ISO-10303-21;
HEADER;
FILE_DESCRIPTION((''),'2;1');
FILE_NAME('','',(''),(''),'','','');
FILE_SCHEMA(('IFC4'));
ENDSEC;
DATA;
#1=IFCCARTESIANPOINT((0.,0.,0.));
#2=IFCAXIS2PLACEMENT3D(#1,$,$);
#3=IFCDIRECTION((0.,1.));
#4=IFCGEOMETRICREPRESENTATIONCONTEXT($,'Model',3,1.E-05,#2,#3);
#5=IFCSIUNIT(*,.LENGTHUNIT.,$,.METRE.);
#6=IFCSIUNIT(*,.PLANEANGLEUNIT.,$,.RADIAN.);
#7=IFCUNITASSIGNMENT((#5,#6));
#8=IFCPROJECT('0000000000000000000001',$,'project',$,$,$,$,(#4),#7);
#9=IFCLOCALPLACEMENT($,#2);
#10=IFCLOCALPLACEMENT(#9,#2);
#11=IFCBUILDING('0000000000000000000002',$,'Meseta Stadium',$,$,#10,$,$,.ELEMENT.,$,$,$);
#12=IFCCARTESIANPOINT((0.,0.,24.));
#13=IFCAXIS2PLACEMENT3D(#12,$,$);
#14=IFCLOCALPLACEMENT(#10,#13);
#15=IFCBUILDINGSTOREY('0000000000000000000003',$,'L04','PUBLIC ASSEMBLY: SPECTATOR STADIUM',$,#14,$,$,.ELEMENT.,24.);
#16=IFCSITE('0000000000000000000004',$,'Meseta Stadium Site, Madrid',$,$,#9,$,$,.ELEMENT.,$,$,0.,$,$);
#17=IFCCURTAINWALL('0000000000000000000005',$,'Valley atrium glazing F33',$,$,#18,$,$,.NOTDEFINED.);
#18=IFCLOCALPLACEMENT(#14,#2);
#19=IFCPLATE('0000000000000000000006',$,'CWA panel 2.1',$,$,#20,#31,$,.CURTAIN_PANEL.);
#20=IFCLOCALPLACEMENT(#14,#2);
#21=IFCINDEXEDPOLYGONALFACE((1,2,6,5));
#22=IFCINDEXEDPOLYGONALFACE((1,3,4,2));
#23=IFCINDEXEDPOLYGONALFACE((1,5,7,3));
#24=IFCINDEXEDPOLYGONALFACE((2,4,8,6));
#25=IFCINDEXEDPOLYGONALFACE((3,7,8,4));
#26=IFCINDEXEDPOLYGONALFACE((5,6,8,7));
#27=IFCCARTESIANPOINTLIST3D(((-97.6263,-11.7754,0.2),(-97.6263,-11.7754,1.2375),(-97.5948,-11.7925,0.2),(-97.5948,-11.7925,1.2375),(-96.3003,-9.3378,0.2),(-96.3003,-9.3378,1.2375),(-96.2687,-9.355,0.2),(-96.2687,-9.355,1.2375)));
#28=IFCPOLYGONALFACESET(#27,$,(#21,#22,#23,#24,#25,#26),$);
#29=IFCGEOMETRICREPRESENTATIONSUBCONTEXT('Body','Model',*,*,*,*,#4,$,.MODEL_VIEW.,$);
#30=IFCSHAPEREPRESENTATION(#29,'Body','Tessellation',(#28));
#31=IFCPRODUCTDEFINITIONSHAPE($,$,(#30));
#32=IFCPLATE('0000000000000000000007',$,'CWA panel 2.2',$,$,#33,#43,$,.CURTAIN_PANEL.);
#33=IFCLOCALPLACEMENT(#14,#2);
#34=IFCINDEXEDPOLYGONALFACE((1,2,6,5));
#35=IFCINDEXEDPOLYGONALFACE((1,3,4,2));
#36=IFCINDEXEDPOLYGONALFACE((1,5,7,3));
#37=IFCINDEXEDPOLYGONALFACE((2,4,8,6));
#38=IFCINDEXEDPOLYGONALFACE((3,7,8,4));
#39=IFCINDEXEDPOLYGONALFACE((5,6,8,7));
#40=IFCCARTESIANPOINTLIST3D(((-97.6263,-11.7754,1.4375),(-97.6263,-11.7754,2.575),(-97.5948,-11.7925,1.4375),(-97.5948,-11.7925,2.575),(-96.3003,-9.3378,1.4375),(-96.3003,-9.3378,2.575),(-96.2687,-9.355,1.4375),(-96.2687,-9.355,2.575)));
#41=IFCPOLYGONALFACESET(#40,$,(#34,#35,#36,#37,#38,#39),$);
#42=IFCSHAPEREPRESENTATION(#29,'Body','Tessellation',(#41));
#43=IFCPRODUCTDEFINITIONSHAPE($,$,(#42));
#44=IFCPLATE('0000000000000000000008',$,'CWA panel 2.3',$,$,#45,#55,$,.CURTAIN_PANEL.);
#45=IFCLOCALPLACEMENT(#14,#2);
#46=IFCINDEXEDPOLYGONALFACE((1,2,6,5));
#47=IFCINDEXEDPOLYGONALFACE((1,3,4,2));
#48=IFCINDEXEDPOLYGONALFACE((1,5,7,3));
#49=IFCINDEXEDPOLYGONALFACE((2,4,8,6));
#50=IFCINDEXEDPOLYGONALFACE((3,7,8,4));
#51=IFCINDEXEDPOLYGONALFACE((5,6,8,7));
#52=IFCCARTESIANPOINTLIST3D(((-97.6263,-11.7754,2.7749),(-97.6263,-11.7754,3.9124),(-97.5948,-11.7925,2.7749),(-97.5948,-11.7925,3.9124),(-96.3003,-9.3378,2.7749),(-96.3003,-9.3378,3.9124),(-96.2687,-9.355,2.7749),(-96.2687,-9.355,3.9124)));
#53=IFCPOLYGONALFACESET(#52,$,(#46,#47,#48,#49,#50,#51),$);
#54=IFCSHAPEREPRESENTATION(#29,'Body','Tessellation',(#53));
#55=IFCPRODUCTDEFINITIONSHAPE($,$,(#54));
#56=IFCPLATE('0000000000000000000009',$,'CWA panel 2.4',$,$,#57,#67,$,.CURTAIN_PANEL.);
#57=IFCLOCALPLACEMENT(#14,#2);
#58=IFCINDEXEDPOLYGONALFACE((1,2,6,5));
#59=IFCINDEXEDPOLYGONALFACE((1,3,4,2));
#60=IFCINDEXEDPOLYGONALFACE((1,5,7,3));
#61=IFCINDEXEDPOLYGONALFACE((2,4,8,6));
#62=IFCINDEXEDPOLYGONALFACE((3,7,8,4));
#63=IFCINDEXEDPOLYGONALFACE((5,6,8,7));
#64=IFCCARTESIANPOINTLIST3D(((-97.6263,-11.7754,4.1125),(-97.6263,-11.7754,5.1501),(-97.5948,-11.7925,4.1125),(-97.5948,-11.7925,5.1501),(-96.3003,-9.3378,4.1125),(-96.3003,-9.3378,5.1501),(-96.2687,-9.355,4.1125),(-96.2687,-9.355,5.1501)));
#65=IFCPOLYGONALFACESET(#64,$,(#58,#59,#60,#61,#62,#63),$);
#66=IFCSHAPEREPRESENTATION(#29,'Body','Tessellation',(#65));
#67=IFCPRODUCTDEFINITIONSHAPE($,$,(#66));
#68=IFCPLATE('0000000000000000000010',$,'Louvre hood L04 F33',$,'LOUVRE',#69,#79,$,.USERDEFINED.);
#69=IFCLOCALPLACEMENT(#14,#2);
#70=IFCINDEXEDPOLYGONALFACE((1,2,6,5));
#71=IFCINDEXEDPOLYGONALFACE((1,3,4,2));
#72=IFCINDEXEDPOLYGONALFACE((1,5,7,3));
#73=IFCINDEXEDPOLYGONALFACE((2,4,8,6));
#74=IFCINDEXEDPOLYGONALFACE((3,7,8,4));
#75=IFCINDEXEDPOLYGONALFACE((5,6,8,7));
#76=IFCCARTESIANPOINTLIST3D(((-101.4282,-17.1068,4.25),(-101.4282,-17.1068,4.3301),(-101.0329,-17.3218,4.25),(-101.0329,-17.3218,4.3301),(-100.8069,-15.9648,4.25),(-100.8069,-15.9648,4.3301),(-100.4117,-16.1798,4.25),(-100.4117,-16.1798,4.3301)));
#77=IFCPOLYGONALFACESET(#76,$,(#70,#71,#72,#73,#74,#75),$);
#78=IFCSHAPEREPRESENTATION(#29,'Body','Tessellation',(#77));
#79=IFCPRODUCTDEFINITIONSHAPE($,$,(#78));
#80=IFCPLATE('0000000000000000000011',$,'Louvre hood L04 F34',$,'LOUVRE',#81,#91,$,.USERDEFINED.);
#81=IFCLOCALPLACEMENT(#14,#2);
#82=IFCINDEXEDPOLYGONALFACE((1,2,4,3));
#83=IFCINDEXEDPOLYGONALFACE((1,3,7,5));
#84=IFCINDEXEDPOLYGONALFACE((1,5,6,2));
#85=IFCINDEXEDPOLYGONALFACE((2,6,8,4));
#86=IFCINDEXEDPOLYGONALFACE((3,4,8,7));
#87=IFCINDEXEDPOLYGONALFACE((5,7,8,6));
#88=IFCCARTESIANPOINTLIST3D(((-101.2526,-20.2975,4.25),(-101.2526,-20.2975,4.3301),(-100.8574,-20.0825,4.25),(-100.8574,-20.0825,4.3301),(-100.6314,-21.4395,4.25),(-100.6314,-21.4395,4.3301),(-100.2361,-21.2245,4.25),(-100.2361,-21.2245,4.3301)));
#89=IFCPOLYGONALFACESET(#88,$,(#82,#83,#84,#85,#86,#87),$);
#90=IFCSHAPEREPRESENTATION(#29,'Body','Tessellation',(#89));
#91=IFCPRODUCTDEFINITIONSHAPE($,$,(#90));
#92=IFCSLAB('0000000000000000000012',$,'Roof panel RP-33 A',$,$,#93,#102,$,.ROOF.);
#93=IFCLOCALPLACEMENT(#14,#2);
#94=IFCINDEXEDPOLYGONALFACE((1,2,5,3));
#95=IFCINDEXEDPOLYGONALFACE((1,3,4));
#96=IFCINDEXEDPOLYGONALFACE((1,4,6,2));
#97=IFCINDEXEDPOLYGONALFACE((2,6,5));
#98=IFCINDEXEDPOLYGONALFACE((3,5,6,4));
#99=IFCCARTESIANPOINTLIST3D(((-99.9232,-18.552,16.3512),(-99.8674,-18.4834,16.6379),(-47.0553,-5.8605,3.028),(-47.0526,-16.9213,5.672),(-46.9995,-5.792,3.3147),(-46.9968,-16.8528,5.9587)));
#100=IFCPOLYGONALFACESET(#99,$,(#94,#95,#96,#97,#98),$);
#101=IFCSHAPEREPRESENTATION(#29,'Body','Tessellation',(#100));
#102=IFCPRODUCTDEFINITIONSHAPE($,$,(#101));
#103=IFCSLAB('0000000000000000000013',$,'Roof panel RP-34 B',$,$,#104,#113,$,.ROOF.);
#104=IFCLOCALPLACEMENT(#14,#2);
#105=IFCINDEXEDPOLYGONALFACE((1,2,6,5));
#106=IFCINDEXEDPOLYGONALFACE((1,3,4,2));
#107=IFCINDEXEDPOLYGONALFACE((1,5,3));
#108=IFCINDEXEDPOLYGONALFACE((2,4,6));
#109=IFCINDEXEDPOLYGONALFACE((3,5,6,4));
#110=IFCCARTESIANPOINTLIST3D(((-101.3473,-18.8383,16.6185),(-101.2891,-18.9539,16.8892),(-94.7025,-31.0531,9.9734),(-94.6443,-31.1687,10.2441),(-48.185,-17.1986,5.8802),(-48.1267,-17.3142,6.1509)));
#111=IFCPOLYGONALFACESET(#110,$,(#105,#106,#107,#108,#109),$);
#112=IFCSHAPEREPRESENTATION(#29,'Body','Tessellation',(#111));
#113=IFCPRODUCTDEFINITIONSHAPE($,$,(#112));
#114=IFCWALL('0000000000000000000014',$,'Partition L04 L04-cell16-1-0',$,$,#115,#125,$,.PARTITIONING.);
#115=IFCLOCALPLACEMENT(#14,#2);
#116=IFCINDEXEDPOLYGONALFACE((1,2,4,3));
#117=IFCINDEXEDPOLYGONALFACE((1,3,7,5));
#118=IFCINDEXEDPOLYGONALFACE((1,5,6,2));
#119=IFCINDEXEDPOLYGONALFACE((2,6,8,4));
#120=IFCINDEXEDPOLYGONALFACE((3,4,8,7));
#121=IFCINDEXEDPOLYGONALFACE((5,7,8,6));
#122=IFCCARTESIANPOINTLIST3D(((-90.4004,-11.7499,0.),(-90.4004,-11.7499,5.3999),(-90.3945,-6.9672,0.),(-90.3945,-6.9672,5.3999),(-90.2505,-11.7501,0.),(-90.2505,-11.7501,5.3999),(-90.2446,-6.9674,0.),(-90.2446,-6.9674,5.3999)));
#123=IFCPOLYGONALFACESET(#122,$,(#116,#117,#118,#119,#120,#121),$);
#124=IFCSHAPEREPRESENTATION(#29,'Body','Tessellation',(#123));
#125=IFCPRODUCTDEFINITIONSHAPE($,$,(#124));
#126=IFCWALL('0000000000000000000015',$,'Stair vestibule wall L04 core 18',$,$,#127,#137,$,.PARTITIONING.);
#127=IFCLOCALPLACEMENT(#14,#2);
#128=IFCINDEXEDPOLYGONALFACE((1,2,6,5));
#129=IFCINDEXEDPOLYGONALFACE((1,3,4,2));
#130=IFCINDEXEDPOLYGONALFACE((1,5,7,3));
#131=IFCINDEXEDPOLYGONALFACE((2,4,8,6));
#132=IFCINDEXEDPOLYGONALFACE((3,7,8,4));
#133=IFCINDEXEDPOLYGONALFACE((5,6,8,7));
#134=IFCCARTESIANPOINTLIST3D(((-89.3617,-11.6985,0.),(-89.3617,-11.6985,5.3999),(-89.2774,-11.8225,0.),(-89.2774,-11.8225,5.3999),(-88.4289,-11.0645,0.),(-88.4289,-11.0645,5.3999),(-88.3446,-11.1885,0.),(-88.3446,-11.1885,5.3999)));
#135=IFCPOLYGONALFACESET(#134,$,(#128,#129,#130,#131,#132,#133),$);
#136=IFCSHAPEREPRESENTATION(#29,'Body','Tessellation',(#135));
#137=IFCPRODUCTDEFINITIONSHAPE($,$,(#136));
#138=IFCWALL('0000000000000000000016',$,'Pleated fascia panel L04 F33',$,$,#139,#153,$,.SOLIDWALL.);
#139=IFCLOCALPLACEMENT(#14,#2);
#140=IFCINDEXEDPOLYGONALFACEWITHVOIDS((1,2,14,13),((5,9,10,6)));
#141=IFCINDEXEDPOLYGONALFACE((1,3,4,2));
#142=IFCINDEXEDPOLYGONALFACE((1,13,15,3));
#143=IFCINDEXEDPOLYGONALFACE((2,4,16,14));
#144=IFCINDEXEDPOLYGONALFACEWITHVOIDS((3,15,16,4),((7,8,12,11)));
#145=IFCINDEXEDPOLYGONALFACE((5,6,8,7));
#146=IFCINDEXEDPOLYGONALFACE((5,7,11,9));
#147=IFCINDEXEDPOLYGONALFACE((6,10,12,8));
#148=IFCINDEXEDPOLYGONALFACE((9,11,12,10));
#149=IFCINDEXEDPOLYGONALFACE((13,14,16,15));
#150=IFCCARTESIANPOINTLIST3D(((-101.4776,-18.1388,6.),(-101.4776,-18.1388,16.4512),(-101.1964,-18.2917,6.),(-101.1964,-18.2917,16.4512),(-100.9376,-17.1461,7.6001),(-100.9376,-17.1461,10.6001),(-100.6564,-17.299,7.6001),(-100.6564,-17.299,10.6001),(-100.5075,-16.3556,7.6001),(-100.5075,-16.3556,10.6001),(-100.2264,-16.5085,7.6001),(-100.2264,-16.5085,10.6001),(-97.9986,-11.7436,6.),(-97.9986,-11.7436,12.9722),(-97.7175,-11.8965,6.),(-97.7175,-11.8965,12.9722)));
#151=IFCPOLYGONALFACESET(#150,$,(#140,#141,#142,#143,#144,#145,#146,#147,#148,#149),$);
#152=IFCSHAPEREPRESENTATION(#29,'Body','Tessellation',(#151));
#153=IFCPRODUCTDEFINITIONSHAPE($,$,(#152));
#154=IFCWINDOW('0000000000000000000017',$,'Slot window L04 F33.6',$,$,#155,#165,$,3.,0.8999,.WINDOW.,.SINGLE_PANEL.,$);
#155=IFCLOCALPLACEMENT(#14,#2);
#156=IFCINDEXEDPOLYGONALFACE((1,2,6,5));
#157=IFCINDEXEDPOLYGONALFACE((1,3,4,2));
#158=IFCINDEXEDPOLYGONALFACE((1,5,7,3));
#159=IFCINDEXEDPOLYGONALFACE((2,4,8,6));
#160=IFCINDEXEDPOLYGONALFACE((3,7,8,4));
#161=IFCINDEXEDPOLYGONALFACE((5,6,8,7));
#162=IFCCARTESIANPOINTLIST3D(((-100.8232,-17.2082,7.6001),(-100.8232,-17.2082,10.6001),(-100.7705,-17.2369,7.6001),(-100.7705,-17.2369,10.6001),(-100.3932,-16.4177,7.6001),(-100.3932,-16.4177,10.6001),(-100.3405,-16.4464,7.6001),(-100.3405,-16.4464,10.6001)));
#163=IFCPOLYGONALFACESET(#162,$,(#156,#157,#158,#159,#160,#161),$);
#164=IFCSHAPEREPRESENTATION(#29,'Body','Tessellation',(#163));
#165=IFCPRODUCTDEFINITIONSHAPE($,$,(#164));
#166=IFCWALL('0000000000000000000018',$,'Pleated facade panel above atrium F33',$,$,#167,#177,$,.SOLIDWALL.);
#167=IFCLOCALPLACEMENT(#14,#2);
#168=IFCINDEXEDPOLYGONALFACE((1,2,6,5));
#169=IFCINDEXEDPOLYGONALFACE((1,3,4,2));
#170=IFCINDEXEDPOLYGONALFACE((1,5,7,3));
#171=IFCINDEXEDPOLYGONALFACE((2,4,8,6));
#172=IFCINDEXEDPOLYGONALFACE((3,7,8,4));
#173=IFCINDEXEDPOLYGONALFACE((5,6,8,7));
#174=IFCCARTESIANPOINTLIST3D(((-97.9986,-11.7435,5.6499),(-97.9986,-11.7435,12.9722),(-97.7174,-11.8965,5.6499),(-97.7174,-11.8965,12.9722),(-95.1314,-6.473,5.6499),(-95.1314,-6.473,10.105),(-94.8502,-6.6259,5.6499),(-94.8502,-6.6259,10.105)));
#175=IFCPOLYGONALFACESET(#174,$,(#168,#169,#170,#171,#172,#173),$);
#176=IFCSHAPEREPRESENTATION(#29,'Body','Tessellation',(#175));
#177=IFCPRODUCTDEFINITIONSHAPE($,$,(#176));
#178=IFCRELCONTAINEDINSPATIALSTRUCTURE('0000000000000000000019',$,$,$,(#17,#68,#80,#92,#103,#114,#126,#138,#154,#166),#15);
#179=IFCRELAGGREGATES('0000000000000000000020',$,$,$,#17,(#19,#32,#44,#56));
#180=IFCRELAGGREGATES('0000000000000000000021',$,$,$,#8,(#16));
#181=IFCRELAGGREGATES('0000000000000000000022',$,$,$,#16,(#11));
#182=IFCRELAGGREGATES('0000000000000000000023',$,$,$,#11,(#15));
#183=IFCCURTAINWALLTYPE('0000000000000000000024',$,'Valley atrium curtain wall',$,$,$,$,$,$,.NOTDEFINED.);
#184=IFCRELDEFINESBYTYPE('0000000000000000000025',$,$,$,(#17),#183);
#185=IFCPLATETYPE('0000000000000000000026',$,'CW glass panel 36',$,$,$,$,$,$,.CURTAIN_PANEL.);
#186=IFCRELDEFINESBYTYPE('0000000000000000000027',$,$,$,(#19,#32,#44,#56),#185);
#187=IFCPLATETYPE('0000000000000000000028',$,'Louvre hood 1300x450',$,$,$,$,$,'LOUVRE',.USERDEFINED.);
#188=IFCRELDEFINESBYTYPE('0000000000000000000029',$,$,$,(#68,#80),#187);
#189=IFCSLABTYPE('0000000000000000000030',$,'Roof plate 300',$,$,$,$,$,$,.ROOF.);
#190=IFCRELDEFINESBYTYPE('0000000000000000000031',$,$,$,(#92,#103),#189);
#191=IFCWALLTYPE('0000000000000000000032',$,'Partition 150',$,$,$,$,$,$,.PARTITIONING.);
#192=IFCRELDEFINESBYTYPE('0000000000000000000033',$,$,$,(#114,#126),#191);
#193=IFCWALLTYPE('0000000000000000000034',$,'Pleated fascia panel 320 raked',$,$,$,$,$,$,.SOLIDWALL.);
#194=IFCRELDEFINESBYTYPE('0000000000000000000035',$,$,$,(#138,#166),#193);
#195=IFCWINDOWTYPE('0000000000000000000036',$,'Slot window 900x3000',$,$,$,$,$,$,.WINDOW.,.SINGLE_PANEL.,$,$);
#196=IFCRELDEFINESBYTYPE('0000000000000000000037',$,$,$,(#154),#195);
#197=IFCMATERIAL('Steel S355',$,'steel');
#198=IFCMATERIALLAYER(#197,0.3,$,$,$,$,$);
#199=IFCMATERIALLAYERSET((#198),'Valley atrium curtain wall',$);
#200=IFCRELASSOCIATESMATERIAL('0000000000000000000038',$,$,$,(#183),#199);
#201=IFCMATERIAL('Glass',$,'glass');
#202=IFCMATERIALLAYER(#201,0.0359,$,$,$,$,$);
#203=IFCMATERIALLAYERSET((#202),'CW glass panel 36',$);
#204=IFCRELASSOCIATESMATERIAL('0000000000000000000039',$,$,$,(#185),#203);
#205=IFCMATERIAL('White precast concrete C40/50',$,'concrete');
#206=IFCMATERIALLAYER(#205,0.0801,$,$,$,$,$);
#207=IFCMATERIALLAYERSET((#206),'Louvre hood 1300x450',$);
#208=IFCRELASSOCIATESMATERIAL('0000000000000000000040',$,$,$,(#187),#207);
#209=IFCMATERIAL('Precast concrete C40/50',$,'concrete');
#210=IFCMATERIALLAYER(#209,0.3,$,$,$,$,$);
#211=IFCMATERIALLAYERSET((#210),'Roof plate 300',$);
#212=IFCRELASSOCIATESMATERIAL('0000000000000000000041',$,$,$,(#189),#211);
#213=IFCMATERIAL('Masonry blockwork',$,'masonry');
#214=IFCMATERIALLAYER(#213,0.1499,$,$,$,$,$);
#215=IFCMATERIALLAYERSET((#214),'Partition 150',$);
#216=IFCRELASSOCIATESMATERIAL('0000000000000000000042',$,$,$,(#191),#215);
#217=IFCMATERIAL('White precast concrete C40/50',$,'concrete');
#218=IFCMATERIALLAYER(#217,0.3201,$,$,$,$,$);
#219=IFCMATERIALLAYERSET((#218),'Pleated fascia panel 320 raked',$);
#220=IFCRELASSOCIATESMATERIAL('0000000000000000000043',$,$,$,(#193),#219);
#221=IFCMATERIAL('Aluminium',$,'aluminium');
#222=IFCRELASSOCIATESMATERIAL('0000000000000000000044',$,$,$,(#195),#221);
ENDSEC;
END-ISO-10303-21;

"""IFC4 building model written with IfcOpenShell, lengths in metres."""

from ifc_helpers import new_model, si_unit, direction, frame, frame_2d, origin, origin_2d, place, context, subcontext, project, spatial, polyline, rectangle, outline, extrude, material, layer, layer_set, type_object, element, fill, aggregate, save


model = new_model("IFC4")

# Units and contexts
model_context = context("Model", 3, precision=1e-05, world=origin(), true_north=direction((0.0, 1.0)))
body_context = subcontext(model_context, "Body", "Model", "MODEL_VIEW")
ifc_project = project(units=[si_unit("LENGTHUNIT", "METRE"), si_unit("PLANEANGLEUNIT", "RADIAN")], contexts=[model_context])

# Site, building, storey
site_placement = place(None, origin())
site = spatial("IfcSite", under=ifc_project, at=site_placement, Name="Meseta Stadium Site, Madrid", CompositionType="ELEMENT", RefElevation=0.0)
building_placement = place(site_placement, origin())
building = spatial("IfcBuilding", under=site, at=building_placement, Name="Meseta Stadium", CompositionType="ELEMENT")
storey_placement = place(building_placement, frame((0.0, 0.0, 24.0)))
storey = spatial("IfcBuildingStorey", under=building, at=storey_placement, Name="L04", Description="PUBLIC ASSEMBLY: SPECTATOR STADIUM", CompositionType="ELEMENT", Elevation=24.0)

# Curtain wall
ifc_material_1 = material(Name="Steel S355", Category="steel")
ifc_layer_1 = layer(ifc_material_1, 0.3)
ifc_layer_set_1 = layer_set([ifc_layer_1], Name="Valley atrium curtain wall")
curtain_wall_type = type_object("IfcCurtainWallType", Name="Valley atrium curtain wall", PredefinedType="NOTDEFINED", material=ifc_layer_set_1)
curtain_wall_placement = place(storey_placement, origin())
curtain_wall = element("IfcCurtainWall", 1, at=curtain_wall_placement, inside=storey, type_object=curtain_wall_type, Name="Valley atrium glazing F33", PredefinedType="NOTDEFINED")

# Plates
ifc_material_2 = material(Name="Glass", Category="glass")
ifc_layer_2 = layer(ifc_material_2, 0.0359)
ifc_layer_set_2 = layer_set([ifc_layer_2], Name="CW glass panel 36")
plate_type_1 = type_object("IfcPlateType", Name="CW glass panel 36", PredefinedType="CURTAIN_PANEL", material=ifc_layer_set_2)
plate_1_placement = place(storey_placement, frame((-96.9475, -10.5652, 0.2), z_axis=(0.0, 0.0, 1.0), x_axis=(-0.477867, -0.878432, 0.0)))
plate_1 = element("IfcPlate", 2, at=plate_1_placement, type_object=plate_type_1, Name="CWA panel 2.1", PredefinedType="CURTAIN_PANEL", context=body_context, shape_type="SweptSolid", body=[
    extrude(rectangle(XDim=2.7749, YDim=0.0359, at=origin_2d()), origin(), (0.0, 0.0, 1.0), 1.0376),
])
plate_2_placement = place(storey_placement, frame((-96.9475, -10.5652, 1.4375), z_axis=(0.0, 0.0, 1.0), x_axis=(-0.477867, -0.878432, 0.0)))
plate_2 = element("IfcPlate", 3, at=plate_2_placement, type_object=plate_type_1, Name="CWA panel 2.2", PredefinedType="CURTAIN_PANEL", context=body_context, shape_type="SweptSolid", body=[
    extrude(rectangle(XDim=2.7749, YDim=0.0359, at=origin_2d()), origin(), (0.0, 0.0, 1.0), 1.1375),
])
plate_3_placement = place(storey_placement, frame((-96.9475, -10.5652, 2.7749), z_axis=(0.0, 0.0, 1.0), x_axis=(-0.477867, -0.878432, 0.0)))
plate_3 = element("IfcPlate", 4, at=plate_3_placement, type_object=plate_type_1, Name="CWA panel 2.3", PredefinedType="CURTAIN_PANEL", context=body_context, shape_type="SweptSolid", body=[
    extrude(rectangle(XDim=2.7749, YDim=0.0359, at=origin_2d()), origin(), (0.0, 0.0, 1.0), 1.1375),
])
plate_4_placement = place(storey_placement, frame((-96.9475, -10.5652, 4.1125), z_axis=(0.0, 0.0, 1.0), x_axis=(-0.477867, -0.878432, 0.0)))
plate_4 = element("IfcPlate", 5, at=plate_4_placement, type_object=plate_type_1, Name="CWA panel 2.4", PredefinedType="CURTAIN_PANEL", context=body_context, shape_type="SweptSolid", body=[
    extrude(rectangle(XDim=2.7749, YDim=0.0359, at=origin_2d()), origin(), (0.0, 0.0, 1.0), 1.0376),
])
aggregate(curtain_wall, [plate_1, plate_2, plate_3, plate_4])

# Plates
ifc_material_3 = material(Name="White precast concrete C40/50", Category="concrete")
ifc_layer_3 = layer(ifc_material_3, 0.0801)
ifc_layer_set_3 = layer_set([ifc_layer_3], Name="Louvre hood 1300x450")
plate_type_2 = type_object("IfcPlateType", Name="Louvre hood 1300x450", ElementType="LOUVRE", PredefinedType="USERDEFINED", material=ifc_layer_set_3)
for number, where, z_axis, x_axis, name in (
    (6, (-100.9199, -16.6433, 4.25), (0.0, 0.0, 1.0), (-0.477867, -0.878432, 0.0), "Louvre hood L04 F33"),
    (7, (-100.7444, -20.761, 4.25), (0.0, 0.0, 1.0), (0.477867, -0.878432, 0.0), "Louvre hood L04 F34"),
):
    element("IfcPlate", number, at=place(storey_placement, frame(where, z_axis=z_axis, x_axis=x_axis)), inside=storey, type_object=plate_type_2, Name=name, ObjectType="LOUVRE", PredefinedType="USERDEFINED", context=body_context, shape_type="SweptSolid", body=[
        extrude(rectangle(XDim=1.3, YDim=0.45, at=origin_2d()), origin(), (0.0, 0.0, 1.0), 0.0801),
    ])

# Slabs
ifc_material_4 = material(Name="Precast concrete C40/50", Category="concrete")
ifc_layer_4 = layer(ifc_material_4, 0.3)
ifc_layer_set_4 = layer_set([ifc_layer_4], Name="Roof plate 300")
slab_type = type_object("IfcSlabType", Name="Roof plate 300", PredefinedType="ROOF", material=ifc_layer_set_4)
slab_1_placement = place(storey_placement, frame((-99.8674, -18.4834, 16.6379), z_axis=(0.185976, 0.228483, 0.955619), x_axis=(0.944432, 0.226719, -0.238006)))
element("IfcSlab", 8, at=slab_1_placement, inside=storey, type_object=slab_type, Name="Roof panel RP-33 A", PredefinedType="ROOF", context=body_context, shape_type="SweptSolid", body=[
    extrude(outline(polyline([(0.0, 0.0), (55.9785, 0.0), (52.8441, -10.9319), (0.0, 0.0)])), origin(), (0.0, 0.0, -1.0), 0.3),
])
slab_2_placement = place(storey_placement, frame((-101.2891, -18.9539, 16.8892), z_axis=(0.194113, -0.385203, 0.902185), x_axis=(0.979756, 0.030218, -0.197901)))
element("IfcSlab", 9, at=slab_2_placement, inside=storey, type_object=slab_type, Name="Roof panel RP-34 B", PredefinedType="ROOF", context=body_context, shape_type="SweptSolid", body=[
    extrude(outline(polyline([(0.0, 0.0), (54.2608, 0.0), (7.4562, -13.4876), (0.0, 0.0)])), origin(), (0.0, 0.0, -1.0), 0.3),
])

# Walls
ifc_material_5 = material(Name="Masonry blockwork", Category="masonry")
ifc_layer_5 = layer(ifc_material_5, 0.1499)
ifc_layer_set_5 = layer_set([ifc_layer_5], Name="Partition 150")
wall_type_1 = type_object("IfcWallType", Name="Partition 150", PredefinedType="PARTITIONING", material=ifc_layer_set_5)
wall_1_placement = place(storey_placement, frame((-90.3196, -6.9673, 0.0), z_axis=(0.0, 0.0, 1.0), x_axis=(-0.001225, -0.999999, 0.0)))
element("IfcWall", 10, at=wall_1_placement, inside=storey, type_object=wall_type_1, Name="Partition L04 L04-cell16-1-0", PredefinedType="PARTITIONING", context=body_context, shape_type="SweptSolid", body=[
    extrude(rectangle(XDim=4.7827, YDim=0.1499, at=frame_2d((2.3914, 0.0))), origin(), (0.0, 0.0, 1.0), 5.3999),
])
wall_2_placement = place(storey_placement, frame((-88.3867, -11.1265, 0.0), z_axis=(0.0, 0.0, 1.0), x_axis=(-0.827055, -0.562121, 0.0)))
element("IfcWall", 11, at=wall_2_placement, inside=storey, type_object=wall_type_1, Name="Stair vestibule wall L04 core 18", PredefinedType="PARTITIONING", context=body_context, shape_type="SweptSolid", body=[
    extrude(rectangle(XDim=1.1279, YDim=0.1499, at=frame_2d((0.564, 0.0))), origin(), (0.0, 0.0, 1.0), 5.3999),
])

# Wall, opening, window
ifc_material_6 = material(Name="White precast concrete C40/50", Category="concrete")
ifc_layer_6 = layer(ifc_material_6, 0.3201)
ifc_layer_set_6 = layer_set([ifc_layer_6], Name="Pleated fascia panel 320 raked")
wall_type_2 = type_object("IfcWallType", Name="Pleated fascia panel 320 raked", PredefinedType="SOLIDWALL", material=ifc_layer_set_6)
wall_3_placement = place(storey_placement, frame((-101.3369, -18.2153, 6.0), z_axis=(0.0, 0.0, 1.0), x_axis=(0.477865, 0.878433, 0.0)))
wall_3 = element("IfcWall", 12, at=wall_3_placement, inside=storey, type_object=wall_type_2, Name="Pleated fascia panel L04 F33", PredefinedType="SOLIDWALL", context=body_context, shape_type="SweptSolid", body=[
    extrude(outline(polyline([(0.0, 0.0), (7.2803, 0.0), (7.2803, 6.9722), (0.0, 10.4512), (0.0, 0.0)])), frame((0.0, 0.1602, 0.0), z_axis=(0.0, -1.0, 0.0), x_axis=(1.0, 0.0, 0.0)), (0.0, 0.0, 1.0), 0.3201),
])
opening_placement = place(wall_3_placement, frame((1.1301, 0.0, 1.6001)))
opening = element("IfcOpeningElement", 13, at=opening_placement, cuts=wall_3, PredefinedType="OPENING", context=body_context, shape_type="SweptSolid", body=[
    extrude(rectangle(XDim=0.8999, YDim=3.0, at=frame_2d((0.45, 1.5))), frame((0.0, 0.1699, 0.0), z_axis=(0.0, -1.0, 0.0), x_axis=(1.0, 0.0, 0.0)), (0.0, 0.0, 1.0), 0.3401),
])
ifc_material_7 = material(Name="Aluminium", Category="aluminium")
window_type = type_object("IfcWindowType", Name="Slot window 900x3000", PartitioningType="SINGLE_PANEL", PredefinedType="WINDOW", material=ifc_material_7)
window_placement = place(opening_placement, origin())
window = element("IfcWindow", 14, at=window_placement, inside=storey, type_object=window_type, Name="Slot window L04 F33.6", OverallHeight=3.0, OverallWidth=0.8999, PartitioningType="SINGLE_PANEL", PredefinedType="WINDOW", context=body_context, shape_type="SweptSolid", body=[
    extrude(rectangle(XDim=0.8999, YDim=3.0, at=frame_2d((0.45, 1.5))), frame((0.0, 0.03, 0.0), z_axis=(0.0, -1.0, 0.0), x_axis=(1.0, 0.0, 0.0)), (0.0, 0.0, 1.0), 0.0601),
])
fill(opening, window)

# Wall
wall_4_placement = place(storey_placement, frame((-97.8579, -11.8201, 5.6499), z_axis=(0.0, 0.0, 1.0), x_axis=(0.477871, 0.87843, 0.0)))
element("IfcWall", 15, at=wall_4_placement, inside=storey, type_object=wall_type_2, Name="Pleated facade panel above atrium F33", PredefinedType="SOLIDWALL", context=body_context, shape_type="SweptSolid", body=[
    extrude(outline(polyline([(0.0, 0.0), (6.0, 0.0), (6.0, 4.4551), (0.0, 7.3223), (0.0, 0.0)])), frame((0.0, 0.1602, 0.0), z_axis=(0.0, -1.0, 0.0), x_axis=(1.0, 0.0, 0.0)), (0.0, 0.0, 1.0), 0.3201),
])

save(model, "model.ifc")
